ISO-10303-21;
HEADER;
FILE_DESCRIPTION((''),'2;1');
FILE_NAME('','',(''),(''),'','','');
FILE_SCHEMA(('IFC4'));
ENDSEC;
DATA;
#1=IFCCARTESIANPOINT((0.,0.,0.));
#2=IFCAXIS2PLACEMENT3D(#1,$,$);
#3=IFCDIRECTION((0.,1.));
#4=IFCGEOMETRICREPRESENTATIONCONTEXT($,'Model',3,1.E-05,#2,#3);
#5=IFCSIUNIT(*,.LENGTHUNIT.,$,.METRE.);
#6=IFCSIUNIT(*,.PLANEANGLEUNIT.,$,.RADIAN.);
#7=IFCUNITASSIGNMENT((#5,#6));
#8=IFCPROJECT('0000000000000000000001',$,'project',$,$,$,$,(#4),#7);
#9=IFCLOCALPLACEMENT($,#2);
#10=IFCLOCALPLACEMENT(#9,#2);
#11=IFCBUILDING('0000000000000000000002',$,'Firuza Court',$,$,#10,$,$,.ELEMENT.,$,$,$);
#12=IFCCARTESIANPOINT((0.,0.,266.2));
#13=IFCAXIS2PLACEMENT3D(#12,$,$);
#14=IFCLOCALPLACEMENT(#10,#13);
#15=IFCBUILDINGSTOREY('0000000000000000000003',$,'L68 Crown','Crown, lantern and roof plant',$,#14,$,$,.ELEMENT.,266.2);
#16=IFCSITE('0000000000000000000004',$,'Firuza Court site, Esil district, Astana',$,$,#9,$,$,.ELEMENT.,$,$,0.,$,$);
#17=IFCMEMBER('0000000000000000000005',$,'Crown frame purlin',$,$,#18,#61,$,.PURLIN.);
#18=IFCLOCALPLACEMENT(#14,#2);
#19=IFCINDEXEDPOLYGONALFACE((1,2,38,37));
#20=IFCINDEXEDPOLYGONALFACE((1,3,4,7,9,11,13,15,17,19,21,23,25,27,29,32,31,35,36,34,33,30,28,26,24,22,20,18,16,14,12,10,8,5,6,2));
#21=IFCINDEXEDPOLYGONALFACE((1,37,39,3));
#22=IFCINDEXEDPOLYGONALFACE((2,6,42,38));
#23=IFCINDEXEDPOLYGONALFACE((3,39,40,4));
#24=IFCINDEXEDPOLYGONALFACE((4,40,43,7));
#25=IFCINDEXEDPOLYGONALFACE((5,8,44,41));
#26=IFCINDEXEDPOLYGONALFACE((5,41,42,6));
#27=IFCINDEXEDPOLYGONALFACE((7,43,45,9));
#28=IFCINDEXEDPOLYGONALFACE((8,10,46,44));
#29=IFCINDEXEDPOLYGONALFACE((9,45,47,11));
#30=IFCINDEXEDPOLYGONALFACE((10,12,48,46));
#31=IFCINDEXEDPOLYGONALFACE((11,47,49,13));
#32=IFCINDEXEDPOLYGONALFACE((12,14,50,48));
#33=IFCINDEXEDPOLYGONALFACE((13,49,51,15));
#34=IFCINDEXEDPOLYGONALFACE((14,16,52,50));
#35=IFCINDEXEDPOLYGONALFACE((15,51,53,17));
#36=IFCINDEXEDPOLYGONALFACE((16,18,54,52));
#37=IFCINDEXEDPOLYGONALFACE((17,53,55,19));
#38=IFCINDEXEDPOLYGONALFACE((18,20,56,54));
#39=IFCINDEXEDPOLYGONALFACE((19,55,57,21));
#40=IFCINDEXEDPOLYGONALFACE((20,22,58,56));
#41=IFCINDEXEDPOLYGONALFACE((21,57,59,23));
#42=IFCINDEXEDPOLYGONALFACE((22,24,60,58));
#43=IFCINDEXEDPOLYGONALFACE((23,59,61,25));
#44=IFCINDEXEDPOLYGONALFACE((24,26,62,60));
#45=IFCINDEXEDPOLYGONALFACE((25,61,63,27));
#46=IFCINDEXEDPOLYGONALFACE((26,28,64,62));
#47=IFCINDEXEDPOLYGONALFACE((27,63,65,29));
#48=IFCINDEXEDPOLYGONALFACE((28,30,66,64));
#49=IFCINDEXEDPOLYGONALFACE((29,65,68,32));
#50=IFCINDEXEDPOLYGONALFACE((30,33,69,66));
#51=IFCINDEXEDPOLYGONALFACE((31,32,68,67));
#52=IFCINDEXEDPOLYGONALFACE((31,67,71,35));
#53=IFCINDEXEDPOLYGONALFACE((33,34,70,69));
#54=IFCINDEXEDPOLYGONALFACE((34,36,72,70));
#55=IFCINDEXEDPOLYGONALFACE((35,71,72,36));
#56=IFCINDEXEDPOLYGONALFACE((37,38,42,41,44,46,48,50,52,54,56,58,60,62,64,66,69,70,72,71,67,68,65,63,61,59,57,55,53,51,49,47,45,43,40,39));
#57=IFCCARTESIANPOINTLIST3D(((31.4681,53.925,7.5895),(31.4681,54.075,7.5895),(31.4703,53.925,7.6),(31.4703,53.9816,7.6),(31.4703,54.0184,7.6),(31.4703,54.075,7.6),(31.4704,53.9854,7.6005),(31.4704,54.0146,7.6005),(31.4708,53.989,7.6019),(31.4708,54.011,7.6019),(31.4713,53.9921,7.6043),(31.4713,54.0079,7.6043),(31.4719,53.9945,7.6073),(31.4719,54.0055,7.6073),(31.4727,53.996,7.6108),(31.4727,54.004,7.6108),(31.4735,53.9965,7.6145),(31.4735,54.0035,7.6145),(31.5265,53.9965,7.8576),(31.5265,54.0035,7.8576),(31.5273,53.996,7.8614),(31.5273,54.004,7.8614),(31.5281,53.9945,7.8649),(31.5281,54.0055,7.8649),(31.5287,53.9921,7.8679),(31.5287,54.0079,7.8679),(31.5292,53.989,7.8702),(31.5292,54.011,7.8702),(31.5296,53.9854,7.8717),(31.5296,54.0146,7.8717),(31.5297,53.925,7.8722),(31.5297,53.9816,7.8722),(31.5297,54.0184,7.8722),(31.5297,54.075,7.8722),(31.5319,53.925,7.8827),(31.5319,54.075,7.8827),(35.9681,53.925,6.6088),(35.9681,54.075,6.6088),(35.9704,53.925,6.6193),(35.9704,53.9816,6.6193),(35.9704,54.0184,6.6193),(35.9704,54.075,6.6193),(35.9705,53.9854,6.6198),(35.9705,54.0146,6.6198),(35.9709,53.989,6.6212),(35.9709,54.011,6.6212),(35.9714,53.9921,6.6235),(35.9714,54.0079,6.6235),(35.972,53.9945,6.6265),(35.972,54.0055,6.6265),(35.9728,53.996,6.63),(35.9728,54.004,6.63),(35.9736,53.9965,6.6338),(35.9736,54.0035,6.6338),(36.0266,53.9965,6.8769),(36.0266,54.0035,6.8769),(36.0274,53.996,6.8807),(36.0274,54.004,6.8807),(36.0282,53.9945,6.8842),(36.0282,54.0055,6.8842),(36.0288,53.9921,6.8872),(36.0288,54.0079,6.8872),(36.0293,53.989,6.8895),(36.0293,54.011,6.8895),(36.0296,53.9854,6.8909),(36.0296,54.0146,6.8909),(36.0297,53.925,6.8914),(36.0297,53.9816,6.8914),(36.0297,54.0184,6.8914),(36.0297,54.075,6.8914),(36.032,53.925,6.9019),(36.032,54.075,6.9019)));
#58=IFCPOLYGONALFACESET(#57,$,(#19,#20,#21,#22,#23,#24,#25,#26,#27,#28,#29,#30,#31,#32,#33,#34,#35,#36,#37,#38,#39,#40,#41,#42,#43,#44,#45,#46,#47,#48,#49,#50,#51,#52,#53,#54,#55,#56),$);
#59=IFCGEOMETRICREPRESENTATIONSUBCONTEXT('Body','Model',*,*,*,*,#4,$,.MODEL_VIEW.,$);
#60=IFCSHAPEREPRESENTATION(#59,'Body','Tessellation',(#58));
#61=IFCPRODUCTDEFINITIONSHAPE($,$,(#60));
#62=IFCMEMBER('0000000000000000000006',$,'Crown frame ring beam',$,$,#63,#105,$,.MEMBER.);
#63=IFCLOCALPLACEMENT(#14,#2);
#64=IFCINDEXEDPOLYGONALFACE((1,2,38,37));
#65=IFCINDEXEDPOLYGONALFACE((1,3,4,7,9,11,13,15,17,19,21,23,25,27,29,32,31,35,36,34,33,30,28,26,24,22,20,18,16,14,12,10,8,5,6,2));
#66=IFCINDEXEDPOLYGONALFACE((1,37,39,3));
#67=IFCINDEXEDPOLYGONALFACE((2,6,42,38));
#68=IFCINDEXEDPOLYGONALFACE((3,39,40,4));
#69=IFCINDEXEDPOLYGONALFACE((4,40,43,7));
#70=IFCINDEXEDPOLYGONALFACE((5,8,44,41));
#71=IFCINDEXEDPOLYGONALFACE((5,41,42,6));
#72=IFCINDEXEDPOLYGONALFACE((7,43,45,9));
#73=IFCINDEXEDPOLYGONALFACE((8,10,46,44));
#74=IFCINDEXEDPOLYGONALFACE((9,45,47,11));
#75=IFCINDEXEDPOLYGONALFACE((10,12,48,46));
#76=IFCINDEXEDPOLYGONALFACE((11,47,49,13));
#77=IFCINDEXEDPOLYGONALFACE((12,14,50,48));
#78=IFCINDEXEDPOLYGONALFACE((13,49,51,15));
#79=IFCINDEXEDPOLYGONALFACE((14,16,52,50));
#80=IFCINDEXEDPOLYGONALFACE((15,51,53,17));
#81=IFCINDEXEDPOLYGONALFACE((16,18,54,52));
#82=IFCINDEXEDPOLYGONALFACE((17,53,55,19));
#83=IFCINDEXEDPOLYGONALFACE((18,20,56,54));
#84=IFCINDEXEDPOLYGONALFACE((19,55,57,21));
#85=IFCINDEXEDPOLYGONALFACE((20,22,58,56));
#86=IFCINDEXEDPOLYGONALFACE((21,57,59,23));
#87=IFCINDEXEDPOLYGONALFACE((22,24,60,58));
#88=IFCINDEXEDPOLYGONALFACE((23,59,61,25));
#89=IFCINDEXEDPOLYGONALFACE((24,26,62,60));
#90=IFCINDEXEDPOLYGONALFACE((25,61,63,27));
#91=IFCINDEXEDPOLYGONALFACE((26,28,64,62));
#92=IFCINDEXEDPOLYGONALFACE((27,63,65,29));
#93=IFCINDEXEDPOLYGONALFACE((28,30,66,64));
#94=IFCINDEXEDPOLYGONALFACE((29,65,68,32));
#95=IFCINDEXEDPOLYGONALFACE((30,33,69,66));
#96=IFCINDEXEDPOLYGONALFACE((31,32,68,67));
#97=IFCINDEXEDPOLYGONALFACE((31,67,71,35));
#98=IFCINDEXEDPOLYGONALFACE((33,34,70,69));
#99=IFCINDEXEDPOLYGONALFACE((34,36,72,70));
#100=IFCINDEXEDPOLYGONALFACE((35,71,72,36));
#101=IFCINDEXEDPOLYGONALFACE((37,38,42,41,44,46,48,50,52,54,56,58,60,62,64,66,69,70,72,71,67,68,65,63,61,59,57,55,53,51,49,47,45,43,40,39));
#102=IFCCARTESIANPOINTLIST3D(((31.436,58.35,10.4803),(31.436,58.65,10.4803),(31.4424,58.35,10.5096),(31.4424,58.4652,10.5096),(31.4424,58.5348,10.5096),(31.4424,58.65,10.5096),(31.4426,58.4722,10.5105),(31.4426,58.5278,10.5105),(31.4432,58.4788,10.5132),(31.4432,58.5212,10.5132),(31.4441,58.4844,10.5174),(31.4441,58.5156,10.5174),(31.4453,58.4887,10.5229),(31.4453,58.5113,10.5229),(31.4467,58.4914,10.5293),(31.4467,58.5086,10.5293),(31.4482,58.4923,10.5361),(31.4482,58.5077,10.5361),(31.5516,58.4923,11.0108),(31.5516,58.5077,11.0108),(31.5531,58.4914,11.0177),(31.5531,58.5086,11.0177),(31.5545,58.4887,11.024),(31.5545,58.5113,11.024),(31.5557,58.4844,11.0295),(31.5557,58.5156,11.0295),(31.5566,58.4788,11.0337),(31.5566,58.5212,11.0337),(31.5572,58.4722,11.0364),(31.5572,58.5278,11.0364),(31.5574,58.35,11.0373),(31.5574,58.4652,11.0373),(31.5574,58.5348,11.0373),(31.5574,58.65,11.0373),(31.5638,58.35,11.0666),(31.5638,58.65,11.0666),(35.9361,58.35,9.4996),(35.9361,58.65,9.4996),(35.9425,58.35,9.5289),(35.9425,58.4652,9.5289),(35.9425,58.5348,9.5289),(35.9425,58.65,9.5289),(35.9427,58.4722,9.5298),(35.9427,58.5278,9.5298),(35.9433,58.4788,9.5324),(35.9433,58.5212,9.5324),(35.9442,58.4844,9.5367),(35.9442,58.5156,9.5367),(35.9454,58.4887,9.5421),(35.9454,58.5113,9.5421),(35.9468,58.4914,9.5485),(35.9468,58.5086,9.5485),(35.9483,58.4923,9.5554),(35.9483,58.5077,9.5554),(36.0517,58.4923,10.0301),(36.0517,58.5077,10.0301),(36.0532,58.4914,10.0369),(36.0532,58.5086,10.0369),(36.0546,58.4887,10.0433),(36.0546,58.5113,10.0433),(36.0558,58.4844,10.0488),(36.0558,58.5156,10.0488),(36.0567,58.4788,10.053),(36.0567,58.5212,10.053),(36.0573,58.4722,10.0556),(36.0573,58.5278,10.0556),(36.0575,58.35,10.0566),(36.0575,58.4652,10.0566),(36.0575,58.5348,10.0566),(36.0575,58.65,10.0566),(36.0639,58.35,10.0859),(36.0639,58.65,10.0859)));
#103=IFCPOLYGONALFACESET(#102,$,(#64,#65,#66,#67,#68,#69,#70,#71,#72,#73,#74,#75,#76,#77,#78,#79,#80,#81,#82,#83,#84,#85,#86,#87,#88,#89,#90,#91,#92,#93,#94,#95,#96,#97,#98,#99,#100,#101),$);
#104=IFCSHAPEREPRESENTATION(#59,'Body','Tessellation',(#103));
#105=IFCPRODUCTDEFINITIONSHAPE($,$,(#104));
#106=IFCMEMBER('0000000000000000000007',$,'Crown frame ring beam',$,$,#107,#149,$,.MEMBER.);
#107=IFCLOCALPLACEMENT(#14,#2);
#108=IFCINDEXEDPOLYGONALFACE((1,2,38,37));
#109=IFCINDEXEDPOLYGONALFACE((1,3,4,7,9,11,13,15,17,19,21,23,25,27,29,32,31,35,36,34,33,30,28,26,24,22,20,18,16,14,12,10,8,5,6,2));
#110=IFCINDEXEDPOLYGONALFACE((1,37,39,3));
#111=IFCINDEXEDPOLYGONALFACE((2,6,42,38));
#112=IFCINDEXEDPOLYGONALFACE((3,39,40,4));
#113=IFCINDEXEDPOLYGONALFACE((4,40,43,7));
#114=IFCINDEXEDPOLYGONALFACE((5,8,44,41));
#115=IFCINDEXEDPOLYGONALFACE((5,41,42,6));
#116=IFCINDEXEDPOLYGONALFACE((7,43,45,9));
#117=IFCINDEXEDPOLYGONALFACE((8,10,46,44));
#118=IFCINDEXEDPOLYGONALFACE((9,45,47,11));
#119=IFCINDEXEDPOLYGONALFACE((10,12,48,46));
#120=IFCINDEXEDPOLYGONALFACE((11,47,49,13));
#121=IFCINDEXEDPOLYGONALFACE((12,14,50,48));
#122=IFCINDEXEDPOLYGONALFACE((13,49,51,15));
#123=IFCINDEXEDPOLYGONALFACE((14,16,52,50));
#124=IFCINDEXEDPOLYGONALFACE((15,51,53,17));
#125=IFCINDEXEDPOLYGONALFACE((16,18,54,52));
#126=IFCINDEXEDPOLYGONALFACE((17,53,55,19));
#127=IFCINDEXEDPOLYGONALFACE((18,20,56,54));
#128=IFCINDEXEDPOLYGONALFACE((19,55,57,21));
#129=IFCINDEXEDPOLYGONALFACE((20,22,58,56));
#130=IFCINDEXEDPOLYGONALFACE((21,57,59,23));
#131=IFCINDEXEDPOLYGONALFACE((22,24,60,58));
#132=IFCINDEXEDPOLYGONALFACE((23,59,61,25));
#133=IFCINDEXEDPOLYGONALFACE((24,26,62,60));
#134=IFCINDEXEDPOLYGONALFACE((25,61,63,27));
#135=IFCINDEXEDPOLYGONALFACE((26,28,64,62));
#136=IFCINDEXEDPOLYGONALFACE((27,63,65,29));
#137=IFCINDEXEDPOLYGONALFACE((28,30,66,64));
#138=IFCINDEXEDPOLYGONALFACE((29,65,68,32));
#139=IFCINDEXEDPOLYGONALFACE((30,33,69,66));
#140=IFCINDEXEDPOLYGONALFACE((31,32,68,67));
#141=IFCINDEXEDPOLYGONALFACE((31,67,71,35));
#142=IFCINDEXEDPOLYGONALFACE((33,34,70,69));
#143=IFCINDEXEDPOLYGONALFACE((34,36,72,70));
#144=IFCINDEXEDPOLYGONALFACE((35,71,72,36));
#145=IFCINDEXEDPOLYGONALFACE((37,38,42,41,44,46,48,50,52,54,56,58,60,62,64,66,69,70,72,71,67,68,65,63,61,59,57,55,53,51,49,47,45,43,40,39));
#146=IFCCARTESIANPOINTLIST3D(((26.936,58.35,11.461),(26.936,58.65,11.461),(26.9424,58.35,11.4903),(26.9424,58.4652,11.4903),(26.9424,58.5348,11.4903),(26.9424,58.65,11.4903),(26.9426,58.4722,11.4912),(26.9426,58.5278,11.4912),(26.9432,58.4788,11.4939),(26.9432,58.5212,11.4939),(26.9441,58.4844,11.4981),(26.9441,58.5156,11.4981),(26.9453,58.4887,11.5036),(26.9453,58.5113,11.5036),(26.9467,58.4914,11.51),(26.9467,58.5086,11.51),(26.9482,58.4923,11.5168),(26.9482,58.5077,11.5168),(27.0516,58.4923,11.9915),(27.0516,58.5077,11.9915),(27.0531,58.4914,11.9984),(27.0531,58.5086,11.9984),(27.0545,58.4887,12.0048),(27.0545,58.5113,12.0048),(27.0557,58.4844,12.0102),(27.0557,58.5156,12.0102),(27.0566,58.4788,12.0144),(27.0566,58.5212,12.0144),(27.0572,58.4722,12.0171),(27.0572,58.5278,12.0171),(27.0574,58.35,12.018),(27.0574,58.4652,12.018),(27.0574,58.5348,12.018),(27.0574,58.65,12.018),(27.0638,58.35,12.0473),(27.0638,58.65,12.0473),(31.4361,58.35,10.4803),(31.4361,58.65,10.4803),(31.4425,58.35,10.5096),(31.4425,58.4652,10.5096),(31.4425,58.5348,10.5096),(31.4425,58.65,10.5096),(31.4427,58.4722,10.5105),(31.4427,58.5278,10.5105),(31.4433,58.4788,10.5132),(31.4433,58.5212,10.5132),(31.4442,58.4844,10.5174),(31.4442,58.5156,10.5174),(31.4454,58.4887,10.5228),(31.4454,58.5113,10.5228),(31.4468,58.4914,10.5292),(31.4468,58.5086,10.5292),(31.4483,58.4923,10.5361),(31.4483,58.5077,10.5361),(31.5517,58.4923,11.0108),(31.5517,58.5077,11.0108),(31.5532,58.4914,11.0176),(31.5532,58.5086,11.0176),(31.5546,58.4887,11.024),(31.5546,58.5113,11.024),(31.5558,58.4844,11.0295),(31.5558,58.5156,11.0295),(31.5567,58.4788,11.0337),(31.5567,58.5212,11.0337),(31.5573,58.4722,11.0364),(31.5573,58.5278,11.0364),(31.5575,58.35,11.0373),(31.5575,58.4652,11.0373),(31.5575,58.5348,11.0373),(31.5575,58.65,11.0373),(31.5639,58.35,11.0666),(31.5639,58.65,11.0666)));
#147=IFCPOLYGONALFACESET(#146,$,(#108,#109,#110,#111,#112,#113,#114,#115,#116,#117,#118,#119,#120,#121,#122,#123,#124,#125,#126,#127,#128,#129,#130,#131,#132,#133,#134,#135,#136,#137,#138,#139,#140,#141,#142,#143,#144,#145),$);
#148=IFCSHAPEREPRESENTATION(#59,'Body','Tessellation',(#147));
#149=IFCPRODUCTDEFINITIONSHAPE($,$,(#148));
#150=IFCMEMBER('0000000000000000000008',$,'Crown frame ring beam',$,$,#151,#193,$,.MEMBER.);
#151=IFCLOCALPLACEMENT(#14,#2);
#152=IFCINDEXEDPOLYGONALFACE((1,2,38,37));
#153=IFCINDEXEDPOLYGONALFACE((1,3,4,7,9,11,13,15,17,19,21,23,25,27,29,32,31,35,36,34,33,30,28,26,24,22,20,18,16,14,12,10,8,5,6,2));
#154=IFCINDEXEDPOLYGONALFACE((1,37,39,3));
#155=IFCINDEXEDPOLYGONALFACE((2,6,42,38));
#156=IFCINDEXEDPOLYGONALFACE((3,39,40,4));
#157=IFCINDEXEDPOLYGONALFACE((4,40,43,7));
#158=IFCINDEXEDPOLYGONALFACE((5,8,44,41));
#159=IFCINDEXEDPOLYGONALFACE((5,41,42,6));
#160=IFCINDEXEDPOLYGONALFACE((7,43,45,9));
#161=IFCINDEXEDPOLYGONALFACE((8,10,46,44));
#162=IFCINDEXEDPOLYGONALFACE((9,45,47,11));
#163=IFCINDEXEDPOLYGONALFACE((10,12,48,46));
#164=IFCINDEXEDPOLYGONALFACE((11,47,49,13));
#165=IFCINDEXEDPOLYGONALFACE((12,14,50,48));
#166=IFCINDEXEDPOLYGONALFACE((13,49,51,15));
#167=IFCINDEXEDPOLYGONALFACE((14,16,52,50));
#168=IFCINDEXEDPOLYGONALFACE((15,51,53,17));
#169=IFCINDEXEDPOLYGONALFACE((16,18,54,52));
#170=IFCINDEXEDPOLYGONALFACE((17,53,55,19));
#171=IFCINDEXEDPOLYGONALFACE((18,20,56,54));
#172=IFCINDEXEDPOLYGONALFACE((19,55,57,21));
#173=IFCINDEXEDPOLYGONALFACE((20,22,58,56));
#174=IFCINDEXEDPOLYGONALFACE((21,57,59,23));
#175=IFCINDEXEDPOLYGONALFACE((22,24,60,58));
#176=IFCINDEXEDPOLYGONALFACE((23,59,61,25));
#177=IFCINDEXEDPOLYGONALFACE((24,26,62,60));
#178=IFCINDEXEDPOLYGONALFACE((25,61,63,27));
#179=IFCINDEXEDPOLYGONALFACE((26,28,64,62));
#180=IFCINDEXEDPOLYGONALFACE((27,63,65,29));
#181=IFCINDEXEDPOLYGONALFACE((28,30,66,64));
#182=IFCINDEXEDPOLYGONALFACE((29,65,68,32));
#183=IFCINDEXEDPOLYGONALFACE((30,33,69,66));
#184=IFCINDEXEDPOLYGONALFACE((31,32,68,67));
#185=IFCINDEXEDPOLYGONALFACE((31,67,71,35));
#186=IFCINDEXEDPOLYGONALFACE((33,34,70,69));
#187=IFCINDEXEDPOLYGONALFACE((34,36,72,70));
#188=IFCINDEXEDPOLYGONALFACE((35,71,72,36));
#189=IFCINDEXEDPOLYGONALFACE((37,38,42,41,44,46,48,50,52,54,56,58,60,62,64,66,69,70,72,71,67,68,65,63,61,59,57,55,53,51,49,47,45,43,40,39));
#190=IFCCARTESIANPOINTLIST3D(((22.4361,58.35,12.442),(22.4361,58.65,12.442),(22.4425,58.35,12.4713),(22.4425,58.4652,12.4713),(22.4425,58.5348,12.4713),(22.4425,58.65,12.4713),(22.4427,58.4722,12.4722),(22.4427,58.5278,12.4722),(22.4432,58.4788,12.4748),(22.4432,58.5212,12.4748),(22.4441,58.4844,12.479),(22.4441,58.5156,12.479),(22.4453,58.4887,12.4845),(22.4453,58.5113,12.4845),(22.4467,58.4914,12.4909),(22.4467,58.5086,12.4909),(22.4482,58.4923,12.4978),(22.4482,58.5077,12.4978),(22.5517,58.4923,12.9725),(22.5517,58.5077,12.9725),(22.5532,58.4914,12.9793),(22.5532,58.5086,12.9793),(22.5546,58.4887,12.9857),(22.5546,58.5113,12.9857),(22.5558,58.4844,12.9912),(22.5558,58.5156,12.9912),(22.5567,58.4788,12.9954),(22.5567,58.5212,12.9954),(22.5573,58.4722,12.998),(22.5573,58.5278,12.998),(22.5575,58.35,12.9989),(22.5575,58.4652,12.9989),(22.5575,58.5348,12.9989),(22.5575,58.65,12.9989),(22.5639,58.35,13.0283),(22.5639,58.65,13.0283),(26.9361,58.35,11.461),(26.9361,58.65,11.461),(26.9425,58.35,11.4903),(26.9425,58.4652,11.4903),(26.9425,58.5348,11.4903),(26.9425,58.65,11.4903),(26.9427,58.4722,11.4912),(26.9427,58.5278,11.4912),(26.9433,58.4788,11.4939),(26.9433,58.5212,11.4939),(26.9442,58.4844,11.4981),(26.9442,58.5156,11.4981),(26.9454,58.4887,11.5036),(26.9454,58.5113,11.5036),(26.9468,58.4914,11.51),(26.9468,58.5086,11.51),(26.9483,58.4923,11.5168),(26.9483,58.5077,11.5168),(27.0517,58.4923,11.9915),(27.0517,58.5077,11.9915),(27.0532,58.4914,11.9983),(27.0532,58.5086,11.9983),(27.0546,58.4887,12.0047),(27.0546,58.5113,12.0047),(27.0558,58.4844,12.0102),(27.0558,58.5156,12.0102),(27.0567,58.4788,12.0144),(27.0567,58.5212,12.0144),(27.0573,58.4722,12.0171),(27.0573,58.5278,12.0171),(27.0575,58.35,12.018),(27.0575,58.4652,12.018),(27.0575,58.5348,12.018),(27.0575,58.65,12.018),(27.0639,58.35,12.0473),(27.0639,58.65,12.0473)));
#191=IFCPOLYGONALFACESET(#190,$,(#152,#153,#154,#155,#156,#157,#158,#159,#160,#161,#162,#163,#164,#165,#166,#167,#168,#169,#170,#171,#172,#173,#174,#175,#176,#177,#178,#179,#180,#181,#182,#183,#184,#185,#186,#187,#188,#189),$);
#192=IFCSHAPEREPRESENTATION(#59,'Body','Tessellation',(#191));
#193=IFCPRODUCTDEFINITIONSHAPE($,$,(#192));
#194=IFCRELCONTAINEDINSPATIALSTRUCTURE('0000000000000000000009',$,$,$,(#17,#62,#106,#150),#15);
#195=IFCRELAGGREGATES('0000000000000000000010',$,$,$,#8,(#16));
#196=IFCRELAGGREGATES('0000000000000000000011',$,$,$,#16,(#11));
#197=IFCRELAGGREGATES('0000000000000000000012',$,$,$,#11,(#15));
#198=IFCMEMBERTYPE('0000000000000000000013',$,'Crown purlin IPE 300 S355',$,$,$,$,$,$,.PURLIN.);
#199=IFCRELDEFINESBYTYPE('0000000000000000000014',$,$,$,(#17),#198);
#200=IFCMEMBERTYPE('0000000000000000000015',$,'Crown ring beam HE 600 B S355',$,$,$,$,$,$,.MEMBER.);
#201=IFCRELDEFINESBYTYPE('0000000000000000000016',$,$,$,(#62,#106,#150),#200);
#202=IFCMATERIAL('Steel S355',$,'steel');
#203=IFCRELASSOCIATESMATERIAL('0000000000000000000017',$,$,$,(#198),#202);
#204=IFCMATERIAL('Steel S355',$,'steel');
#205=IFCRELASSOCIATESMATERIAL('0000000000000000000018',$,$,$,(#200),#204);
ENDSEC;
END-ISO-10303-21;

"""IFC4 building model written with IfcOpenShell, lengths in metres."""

from ifc_helpers import new_model, si_unit, direction, frame, origin, origin_2d, place, context, subcontext, project, spatial, i_section, extrude, material, material_profile, profile_set, type_object, element, save


model = new_model("IFC4")

# Units and contexts
model_context = context("Model", 3, precision=1e-05, world=origin(), true_north=direction((0.0, 1.0)))
body_context = subcontext(model_context, "Body", "Model", "MODEL_VIEW")
ifc_project = project(units=[si_unit("LENGTHUNIT", "METRE"), si_unit("PLANEANGLEUNIT", "RADIAN")], contexts=[model_context])

# Site, building, storey
site_placement = place(None, origin())
site = spatial("IfcSite", under=ifc_project, at=site_placement, Name="Firuza Court site, Esil district, Astana", CompositionType="ELEMENT", RefElevation=0.0)
building_placement = place(site_placement, origin())
building = spatial("IfcBuilding", under=site, at=building_placement, Name="Firuza Court", CompositionType="ELEMENT")
storey_placement = place(building_placement, frame((0.0, 0.0, 266.2)))
storey = spatial("IfcBuildingStorey", under=building, at=storey_placement, Name="L68 Crown", Description="Crown, lantern and roof plant", CompositionType="ELEMENT", Elevation=266.2)

# Members
ifc_material_1 = material(Name="Steel S355", Category="steel")
ifc_material_profile_1 = material_profile(ifc_material_1, i_section(OverallWidth=0.1499, OverallDepth=0.3, WebThickness=0.0071, FlangeThickness=0.0107, FilletRadius=0.0149, at=origin_2d()), Name="IPE 300")
ifc_profile_set_1 = profile_set([ifc_material_profile_1], Name="Steel S355")
member_type_1 = type_object("IfcMemberType", Name="Crown purlin IPE 300 S355", PredefinedType="PURLIN", material=ifc_profile_set_1)
for number, where, z_axis, x_axis, name in (
    (1, (31.5, 54.0, 7.7361), (0.977066, 0.0, -0.212938), (0.0, 1.0, 0.0), "Crown frame purlin"),
):
    element("IfcMember", number, at=place(storey_placement, frame(where, z_axis=z_axis, x_axis=x_axis)), inside=storey, type_object=member_type_1, Name=name, PredefinedType="PURLIN", context=body_context, shape_type="SweptSolid", body=[
        extrude(i_section(OverallWidth=0.1499, OverallDepth=0.3, WebThickness=0.0071, FlangeThickness=0.0107, FilletRadius=0.0149, at=origin_2d()), origin(), (0.0, 0.0, 1.0), 4.6057),
    ])
ifc_material_2 = material(Name="Steel S355", Category="steel")
ifc_material_profile_2 = material_profile(ifc_material_2, i_section(OverallWidth=0.3, OverallDepth=0.6001, WebThickness=0.0154, FlangeThickness=0.03, FilletRadius=0.0271, at=origin_2d()), Name="HE 600 B")
ifc_profile_set_2 = profile_set([ifc_material_profile_2], Name="Steel S355")
member_type_2 = type_object("IfcMemberType", Name="Crown ring beam HE 600 B S355", PredefinedType="MEMBER", material=ifc_profile_set_2)
for number, where, z_axis, x_axis, name in (
    (2, (36.0, 58.5, 9.7927), (-0.977066, 0.0, 0.212938), (0.0, -1.0, 0.0), "Crown frame ring beam"),
    (3, (31.5, 58.5, 10.7734), (-0.977066, 0.0, 0.212938), (0.0, -1.0, 0.0), "Crown frame ring beam"),
    (4, (27.0, 58.5, 11.7542), (-0.977055, 0.0, 0.212989), (0.0, -1.0, 0.0), "Crown frame ring beam"),
):
    element("IfcMember", number, at=place(storey_placement, frame(where, z_axis=z_axis, x_axis=x_axis)), inside=storey, type_object=member_type_2, Name=name, PredefinedType="MEMBER", context=body_context, shape_type="SweptSolid", body=[
        extrude(i_section(OverallWidth=0.3, OverallDepth=0.6001, WebThickness=0.0154, FlangeThickness=0.03, FilletRadius=0.0271, at=origin_2d()), origin(), (0.0, 0.0, 1.0), 4.6057),
    ])

save(model, "model.ifc")
